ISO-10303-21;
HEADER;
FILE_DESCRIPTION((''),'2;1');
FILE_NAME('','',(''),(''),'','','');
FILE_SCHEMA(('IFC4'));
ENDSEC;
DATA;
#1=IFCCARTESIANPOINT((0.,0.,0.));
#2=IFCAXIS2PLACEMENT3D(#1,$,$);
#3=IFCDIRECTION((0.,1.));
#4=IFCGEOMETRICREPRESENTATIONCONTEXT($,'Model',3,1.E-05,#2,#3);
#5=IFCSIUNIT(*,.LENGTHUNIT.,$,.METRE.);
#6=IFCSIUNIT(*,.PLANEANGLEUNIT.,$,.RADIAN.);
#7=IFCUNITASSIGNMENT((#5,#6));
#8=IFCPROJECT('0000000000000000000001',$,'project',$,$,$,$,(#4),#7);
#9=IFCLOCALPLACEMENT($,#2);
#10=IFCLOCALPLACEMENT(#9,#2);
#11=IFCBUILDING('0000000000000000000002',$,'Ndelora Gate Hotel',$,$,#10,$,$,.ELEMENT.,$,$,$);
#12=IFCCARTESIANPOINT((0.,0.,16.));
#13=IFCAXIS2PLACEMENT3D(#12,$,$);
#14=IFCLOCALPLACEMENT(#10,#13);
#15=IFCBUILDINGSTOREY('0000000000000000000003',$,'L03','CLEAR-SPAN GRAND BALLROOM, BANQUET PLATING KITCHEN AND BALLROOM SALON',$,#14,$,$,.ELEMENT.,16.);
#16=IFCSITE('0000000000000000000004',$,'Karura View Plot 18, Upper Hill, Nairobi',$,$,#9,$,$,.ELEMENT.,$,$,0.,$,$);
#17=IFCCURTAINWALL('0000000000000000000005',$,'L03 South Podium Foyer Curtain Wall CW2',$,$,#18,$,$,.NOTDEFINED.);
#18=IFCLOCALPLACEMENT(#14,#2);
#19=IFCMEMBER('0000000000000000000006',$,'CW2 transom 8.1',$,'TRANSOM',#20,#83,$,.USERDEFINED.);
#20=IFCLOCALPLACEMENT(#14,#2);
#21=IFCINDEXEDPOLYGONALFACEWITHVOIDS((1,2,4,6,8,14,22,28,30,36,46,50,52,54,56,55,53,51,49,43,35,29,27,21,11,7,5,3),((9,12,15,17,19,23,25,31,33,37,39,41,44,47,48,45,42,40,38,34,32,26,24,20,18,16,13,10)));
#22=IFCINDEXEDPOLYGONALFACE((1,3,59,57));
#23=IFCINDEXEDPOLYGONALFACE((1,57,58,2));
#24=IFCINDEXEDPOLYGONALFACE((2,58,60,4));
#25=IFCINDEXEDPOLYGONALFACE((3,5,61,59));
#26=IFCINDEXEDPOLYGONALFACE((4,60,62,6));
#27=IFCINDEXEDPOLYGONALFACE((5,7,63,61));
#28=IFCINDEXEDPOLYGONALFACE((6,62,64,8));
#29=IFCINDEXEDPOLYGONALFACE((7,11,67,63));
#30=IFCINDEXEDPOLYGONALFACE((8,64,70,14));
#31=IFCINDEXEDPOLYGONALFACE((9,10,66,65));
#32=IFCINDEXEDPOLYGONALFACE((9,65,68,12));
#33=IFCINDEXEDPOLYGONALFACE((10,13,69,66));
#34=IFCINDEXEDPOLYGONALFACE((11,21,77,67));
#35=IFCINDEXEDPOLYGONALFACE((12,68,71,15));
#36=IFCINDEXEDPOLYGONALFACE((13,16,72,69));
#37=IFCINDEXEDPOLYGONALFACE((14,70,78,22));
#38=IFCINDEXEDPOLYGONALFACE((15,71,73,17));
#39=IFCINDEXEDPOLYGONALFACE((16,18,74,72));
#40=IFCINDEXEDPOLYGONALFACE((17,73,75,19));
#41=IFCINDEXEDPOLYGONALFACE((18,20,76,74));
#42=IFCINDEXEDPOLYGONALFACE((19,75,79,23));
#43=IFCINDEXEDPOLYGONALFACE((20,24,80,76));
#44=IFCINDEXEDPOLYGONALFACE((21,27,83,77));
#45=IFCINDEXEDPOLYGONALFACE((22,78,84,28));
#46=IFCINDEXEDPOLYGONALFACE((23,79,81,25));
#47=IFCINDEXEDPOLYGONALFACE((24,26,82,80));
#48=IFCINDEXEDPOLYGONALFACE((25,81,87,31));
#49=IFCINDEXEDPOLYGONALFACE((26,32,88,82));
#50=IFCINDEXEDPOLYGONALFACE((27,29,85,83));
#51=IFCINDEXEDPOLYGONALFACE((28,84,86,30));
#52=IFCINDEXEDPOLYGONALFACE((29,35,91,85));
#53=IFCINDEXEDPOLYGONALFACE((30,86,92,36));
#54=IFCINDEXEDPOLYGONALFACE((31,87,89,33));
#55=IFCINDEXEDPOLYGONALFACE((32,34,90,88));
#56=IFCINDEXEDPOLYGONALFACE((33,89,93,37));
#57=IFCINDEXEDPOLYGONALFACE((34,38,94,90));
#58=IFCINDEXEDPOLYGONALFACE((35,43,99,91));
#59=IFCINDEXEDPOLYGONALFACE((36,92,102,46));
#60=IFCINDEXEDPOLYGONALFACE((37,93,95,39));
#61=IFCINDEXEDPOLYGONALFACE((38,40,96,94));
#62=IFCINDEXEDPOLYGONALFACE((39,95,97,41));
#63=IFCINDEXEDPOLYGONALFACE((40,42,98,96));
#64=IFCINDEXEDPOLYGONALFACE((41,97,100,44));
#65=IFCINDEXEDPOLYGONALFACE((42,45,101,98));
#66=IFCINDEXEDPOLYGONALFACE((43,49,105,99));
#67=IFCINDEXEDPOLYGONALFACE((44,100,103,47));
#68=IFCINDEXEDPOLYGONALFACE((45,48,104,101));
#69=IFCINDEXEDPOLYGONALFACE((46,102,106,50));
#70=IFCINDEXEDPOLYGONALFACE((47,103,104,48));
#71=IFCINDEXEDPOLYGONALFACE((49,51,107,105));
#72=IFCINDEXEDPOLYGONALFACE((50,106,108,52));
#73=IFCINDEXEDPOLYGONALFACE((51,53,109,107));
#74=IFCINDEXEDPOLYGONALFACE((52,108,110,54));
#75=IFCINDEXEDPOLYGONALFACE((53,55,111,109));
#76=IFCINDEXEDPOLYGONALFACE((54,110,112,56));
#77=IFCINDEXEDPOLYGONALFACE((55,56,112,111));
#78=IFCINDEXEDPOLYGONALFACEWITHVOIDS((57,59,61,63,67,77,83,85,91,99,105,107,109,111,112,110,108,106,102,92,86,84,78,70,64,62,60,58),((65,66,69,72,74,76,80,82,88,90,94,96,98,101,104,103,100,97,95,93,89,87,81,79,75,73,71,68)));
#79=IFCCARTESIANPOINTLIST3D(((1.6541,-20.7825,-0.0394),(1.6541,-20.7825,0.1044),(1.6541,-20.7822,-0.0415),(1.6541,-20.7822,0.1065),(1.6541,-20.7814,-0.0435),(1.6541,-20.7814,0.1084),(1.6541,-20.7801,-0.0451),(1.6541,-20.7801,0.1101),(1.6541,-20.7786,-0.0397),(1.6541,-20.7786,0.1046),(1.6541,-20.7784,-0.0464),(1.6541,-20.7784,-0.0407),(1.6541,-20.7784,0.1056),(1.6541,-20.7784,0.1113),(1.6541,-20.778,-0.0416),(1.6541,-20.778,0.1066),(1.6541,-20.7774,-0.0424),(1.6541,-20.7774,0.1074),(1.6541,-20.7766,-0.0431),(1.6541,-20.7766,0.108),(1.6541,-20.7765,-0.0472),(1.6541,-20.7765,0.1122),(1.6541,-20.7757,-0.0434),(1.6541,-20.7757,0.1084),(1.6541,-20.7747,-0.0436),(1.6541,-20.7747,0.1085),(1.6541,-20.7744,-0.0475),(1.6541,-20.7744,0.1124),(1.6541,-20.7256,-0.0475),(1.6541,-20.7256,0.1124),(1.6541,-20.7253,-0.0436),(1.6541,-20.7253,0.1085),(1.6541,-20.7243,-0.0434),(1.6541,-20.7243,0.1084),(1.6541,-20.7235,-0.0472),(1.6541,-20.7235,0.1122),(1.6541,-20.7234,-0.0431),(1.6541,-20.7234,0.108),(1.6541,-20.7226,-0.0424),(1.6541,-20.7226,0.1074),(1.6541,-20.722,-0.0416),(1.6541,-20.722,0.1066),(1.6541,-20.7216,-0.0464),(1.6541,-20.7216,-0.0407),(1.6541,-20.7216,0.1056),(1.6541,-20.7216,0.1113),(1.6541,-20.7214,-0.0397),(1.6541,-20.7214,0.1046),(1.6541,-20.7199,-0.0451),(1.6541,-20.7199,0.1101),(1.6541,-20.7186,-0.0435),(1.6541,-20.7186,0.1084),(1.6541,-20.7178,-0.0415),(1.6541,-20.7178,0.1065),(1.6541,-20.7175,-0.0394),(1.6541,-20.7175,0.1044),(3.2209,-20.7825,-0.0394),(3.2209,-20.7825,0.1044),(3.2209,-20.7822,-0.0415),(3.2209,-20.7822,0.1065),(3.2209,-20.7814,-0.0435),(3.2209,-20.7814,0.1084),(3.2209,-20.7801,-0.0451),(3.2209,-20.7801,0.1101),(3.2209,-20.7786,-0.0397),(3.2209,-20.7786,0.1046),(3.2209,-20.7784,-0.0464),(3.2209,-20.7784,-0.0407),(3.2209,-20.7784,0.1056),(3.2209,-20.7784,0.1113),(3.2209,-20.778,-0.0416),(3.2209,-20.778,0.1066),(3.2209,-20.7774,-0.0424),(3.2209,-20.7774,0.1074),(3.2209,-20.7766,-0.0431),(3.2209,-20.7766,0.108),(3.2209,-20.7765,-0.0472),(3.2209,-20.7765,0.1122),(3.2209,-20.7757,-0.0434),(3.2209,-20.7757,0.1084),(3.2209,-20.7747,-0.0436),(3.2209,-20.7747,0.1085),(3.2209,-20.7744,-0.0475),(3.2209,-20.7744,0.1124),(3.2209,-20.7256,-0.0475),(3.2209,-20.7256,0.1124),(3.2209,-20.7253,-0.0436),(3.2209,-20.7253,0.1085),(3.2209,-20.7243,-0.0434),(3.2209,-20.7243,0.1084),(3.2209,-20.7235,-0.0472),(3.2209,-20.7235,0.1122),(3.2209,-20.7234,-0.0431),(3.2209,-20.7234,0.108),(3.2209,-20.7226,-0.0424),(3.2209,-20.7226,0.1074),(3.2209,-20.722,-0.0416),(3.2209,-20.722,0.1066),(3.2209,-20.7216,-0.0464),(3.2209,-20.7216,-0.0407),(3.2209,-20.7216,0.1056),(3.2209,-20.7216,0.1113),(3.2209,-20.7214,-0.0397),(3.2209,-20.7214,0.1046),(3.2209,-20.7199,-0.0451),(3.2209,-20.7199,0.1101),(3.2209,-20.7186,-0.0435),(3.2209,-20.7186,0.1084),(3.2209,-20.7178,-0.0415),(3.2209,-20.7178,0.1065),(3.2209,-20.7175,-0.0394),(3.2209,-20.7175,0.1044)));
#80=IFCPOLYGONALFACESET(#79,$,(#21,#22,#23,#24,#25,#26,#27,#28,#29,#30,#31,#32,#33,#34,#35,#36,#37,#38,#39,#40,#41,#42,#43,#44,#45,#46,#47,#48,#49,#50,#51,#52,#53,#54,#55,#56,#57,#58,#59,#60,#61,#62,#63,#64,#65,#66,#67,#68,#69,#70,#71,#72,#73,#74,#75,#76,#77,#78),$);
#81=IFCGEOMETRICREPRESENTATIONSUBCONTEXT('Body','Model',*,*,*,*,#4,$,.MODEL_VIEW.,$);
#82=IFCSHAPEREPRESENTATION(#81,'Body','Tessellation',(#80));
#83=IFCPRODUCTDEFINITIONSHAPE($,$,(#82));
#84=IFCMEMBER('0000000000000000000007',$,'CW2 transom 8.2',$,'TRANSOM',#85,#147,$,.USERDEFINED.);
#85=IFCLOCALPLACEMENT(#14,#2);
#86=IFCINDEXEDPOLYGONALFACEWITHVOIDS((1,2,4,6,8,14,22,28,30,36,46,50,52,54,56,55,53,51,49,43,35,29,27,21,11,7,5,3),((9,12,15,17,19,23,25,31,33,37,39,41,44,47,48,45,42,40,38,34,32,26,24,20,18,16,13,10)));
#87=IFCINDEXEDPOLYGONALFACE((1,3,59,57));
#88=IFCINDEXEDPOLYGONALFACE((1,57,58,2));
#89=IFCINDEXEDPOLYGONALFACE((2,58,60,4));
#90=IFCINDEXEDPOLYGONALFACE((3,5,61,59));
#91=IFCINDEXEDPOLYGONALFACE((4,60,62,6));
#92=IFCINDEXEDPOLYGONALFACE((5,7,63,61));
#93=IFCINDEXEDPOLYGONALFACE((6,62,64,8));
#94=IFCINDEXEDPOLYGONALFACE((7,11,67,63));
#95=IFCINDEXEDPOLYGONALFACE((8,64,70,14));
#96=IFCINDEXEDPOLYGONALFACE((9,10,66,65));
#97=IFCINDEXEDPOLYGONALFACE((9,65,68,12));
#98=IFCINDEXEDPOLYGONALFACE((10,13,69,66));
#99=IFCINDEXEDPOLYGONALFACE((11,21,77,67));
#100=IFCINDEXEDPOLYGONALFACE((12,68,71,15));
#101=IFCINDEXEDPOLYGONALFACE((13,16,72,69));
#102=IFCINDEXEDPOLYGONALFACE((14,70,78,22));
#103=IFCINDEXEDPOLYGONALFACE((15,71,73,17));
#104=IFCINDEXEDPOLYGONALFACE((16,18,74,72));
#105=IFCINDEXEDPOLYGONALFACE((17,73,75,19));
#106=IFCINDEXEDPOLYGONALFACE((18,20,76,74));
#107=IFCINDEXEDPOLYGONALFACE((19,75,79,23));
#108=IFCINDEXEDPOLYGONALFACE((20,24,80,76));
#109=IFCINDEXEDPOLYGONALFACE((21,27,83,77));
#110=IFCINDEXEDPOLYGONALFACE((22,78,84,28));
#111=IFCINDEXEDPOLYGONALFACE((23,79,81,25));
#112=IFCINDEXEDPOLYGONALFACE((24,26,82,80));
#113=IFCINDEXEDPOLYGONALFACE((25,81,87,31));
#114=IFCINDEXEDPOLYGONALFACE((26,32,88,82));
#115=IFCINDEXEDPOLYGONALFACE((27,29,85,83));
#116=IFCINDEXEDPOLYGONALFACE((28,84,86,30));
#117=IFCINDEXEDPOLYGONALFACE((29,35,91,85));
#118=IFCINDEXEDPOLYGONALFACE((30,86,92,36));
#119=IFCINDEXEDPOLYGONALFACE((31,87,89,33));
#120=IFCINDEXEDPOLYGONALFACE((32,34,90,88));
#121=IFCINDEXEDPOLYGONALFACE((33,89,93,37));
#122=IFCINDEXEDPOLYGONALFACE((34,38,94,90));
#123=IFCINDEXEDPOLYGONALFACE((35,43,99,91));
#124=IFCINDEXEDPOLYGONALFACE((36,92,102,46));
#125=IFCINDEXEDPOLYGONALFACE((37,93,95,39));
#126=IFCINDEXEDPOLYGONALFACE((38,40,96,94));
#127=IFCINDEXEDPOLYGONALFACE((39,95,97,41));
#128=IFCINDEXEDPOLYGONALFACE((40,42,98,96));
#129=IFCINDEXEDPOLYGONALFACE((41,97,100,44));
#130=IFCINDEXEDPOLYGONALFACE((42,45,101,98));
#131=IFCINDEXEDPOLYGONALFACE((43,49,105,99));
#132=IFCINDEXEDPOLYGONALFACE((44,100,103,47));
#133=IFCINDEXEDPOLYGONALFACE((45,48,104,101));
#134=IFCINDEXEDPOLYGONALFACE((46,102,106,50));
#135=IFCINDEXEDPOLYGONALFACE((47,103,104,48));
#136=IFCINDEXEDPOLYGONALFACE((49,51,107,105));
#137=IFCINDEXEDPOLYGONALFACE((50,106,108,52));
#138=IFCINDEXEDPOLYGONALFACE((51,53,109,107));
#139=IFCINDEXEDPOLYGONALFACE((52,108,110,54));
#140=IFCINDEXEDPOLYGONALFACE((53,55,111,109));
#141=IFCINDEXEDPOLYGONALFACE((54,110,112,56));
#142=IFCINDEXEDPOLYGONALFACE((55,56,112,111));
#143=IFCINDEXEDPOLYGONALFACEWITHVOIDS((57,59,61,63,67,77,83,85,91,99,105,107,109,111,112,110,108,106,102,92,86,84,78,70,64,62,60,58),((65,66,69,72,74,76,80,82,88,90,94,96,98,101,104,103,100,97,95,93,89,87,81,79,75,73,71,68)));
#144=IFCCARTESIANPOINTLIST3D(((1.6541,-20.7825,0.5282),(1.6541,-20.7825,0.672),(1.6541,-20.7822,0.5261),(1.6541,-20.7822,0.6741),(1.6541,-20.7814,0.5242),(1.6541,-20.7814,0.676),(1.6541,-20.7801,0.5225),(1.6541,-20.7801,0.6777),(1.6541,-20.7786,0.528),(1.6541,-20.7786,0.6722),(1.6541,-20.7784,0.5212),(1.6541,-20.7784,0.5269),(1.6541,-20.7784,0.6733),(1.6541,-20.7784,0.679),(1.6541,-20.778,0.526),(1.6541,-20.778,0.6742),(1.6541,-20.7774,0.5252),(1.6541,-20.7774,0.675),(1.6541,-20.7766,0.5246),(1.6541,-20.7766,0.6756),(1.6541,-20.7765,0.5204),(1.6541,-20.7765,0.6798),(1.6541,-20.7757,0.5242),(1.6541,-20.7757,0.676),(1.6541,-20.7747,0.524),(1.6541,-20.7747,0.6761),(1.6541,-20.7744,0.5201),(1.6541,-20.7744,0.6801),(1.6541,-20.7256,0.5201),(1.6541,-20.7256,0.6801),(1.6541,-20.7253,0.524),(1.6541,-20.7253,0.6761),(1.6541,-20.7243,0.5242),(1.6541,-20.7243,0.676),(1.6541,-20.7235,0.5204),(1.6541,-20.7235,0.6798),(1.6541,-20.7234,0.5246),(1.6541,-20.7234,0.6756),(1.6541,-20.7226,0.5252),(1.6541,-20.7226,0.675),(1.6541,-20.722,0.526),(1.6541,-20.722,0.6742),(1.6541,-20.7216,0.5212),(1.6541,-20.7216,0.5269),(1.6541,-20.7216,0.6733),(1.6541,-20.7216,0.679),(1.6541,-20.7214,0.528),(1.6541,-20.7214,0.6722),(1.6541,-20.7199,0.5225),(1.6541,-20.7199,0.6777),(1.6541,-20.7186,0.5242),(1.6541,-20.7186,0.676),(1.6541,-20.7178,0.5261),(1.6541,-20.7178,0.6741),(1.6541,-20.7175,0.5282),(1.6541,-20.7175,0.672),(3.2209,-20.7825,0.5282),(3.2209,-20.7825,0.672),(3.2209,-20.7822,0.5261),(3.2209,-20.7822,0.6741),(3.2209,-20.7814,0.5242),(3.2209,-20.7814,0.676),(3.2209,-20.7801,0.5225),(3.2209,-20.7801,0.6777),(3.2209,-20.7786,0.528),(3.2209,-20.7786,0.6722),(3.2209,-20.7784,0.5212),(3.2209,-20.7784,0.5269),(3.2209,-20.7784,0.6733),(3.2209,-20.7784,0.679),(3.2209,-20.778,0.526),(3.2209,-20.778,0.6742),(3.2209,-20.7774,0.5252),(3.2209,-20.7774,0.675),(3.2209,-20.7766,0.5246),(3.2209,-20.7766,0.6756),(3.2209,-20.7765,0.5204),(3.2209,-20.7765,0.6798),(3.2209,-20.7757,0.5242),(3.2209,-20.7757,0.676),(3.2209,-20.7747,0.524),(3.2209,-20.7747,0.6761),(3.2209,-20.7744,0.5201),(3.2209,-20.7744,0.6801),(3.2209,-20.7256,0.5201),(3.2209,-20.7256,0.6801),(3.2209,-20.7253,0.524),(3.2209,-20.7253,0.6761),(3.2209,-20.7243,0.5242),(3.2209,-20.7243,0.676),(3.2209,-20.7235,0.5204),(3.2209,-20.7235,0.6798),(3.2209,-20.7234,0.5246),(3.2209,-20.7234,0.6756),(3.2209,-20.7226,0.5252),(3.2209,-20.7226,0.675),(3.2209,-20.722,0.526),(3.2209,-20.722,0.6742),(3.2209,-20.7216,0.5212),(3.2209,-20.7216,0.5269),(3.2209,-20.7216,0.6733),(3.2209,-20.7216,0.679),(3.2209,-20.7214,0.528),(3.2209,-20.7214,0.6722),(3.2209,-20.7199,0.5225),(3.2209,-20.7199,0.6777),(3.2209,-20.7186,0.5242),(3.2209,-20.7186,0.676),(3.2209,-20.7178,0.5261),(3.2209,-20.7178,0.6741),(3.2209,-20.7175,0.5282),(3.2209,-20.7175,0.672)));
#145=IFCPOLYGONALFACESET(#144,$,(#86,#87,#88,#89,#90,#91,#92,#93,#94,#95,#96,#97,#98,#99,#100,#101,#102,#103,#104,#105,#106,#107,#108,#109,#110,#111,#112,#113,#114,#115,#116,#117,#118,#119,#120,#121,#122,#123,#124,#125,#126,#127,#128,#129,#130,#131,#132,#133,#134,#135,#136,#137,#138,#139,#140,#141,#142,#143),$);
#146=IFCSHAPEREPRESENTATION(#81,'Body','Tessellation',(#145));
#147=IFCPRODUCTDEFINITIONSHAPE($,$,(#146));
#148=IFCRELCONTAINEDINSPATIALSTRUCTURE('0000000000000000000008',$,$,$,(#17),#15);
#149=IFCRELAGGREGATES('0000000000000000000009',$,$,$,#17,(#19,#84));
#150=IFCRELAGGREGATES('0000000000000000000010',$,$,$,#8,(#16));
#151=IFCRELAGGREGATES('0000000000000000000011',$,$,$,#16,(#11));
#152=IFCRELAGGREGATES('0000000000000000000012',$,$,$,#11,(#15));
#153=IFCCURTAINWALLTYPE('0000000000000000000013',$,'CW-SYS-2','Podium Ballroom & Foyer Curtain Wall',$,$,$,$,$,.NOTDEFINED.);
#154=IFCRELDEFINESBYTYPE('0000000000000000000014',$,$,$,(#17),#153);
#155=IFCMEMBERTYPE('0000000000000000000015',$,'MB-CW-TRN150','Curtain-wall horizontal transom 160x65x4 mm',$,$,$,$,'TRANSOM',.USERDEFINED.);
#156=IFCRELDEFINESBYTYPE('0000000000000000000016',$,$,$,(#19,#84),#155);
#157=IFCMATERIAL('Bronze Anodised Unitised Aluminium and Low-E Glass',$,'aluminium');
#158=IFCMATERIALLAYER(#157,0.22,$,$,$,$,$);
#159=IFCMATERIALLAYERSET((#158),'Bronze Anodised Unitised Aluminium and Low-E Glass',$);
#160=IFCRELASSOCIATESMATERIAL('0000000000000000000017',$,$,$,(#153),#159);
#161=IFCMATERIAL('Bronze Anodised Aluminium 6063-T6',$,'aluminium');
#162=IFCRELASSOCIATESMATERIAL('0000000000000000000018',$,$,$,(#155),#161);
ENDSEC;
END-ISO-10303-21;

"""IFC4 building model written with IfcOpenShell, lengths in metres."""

from ifc_helpers import new_model, si_unit, direction, frame, origin, origin_2d, place, context, subcontext, project, spatial, hollow_rectangle, extrude, material, layer, layer_set, material_profile, profile_set, type_object, element, aggregate, save


model = new_model("IFC4")

# Units and contexts
model_context = context("Model", 3, precision=1e-05, world=origin(), true_north=direction((0.0, 1.0)))
body_context = subcontext(model_context, "Body", "Model", "MODEL_VIEW")
ifc_project = project(units=[si_unit("LENGTHUNIT", "METRE"), si_unit("PLANEANGLEUNIT", "RADIAN")], contexts=[model_context])

# Site, building, storey
site_placement = place(None, origin())
site = spatial("IfcSite", under=ifc_project, at=site_placement, Name="Karura View Plot 18, Upper Hill, Nairobi", CompositionType="ELEMENT", RefElevation=0.0)
building_placement = place(site_placement, origin())
building = spatial("IfcBuilding", under=site, at=building_placement, Name="Ndelora Gate Hotel", CompositionType="ELEMENT")
storey_placement = place(building_placement, frame((0.0, 0.0, 16.0)))
storey = spatial("IfcBuildingStorey", under=building, at=storey_placement, Name="L03", Description="CLEAR-SPAN GRAND BALLROOM, BANQUET PLATING KITCHEN AND BALLROOM SALON", CompositionType="ELEMENT", Elevation=16.0)

# Curtain wall, members
ifc_material_1 = material(Name="Bronze Anodised Unitised Aluminium and Low-E Glass", Category="aluminium")
ifc_layer_1 = layer(ifc_material_1, 0.22)
ifc_layer_set_1 = layer_set([ifc_layer_1], Name="Bronze Anodised Unitised Aluminium and Low-E Glass")
curtain_wall_type = type_object("IfcCurtainWallType", Name="CW-SYS-2", Description="Podium Ballroom & Foyer Curtain Wall", PredefinedType="NOTDEFINED", material=ifc_layer_set_1)
curtain_wall_placement = place(storey_placement, origin())
curtain_wall = element("IfcCurtainWall", 1, at=curtain_wall_placement, inside=storey, type_object=curtain_wall_type, Name="L03 South Podium Foyer Curtain Wall CW2", PredefinedType="NOTDEFINED")
ifc_material_2 = material(Name="Bronze Anodised Aluminium 6063-T6", Category="aluminium")
ifc_material_profile_1 = material_profile(ifc_material_2, hollow_rectangle(XDim=0.0649, YDim=0.1599, WallThickness=0.0039, InnerFilletRadius=0.0039, OuterFilletRadius=0.0081, at=origin_2d()), Name="ALU 160x65x4")
ifc_profile_set_1 = profile_set([ifc_material_profile_1], Name="Bronze Anodised Aluminium 6063-T6")
member_type_1 = type_object("IfcMemberType", Name="MB-CW-TRN150", Description="Curtain-wall horizontal transom 160x65x4 mm", ElementType="TRANSOM", PredefinedType="USERDEFINED", material=ifc_profile_set_1)
member_1_placement = place(storey_placement, frame((1.6541, -20.75, 0.0325), z_axis=(1.0, 0.0, 0.0), x_axis=(0.0, 1.0, 0.0)))
member_1 = element("IfcMember", 2, at=member_1_placement, type_object=member_type_1, Name="CW2 transom 8.1", ObjectType="TRANSOM", PredefinedType="USERDEFINED", context=body_context, shape_type="SweptSolid", body=[
    extrude(hollow_rectangle(XDim=0.0649, YDim=0.1599, WallThickness=0.0039, InnerFilletRadius=0.0039, OuterFilletRadius=0.0081, at=origin_2d()), origin(), (0.0, 0.0, 1.0), 1.5669),
])
member_2_placement = place(storey_placement, frame((1.6541, -20.75, 0.6001), z_axis=(1.0, 0.0, 0.0), x_axis=(0.0, 1.0, 0.0)))
member_2 = element("IfcMember", 3, at=member_2_placement, type_object=member_type_1, Name="CW2 transom 8.2", ObjectType="TRANSOM", PredefinedType="USERDEFINED", context=body_context, shape_type="SweptSolid", body=[
    extrude(hollow_rectangle(XDim=0.0649, YDim=0.1599, WallThickness=0.0039, InnerFilletRadius=0.0039, OuterFilletRadius=0.0081, at=origin_2d()), origin(), (0.0, 0.0, 1.0), 1.5669),
])
aggregate(curtain_wall, [member_1, member_2])

save(model, "model.ifc")
